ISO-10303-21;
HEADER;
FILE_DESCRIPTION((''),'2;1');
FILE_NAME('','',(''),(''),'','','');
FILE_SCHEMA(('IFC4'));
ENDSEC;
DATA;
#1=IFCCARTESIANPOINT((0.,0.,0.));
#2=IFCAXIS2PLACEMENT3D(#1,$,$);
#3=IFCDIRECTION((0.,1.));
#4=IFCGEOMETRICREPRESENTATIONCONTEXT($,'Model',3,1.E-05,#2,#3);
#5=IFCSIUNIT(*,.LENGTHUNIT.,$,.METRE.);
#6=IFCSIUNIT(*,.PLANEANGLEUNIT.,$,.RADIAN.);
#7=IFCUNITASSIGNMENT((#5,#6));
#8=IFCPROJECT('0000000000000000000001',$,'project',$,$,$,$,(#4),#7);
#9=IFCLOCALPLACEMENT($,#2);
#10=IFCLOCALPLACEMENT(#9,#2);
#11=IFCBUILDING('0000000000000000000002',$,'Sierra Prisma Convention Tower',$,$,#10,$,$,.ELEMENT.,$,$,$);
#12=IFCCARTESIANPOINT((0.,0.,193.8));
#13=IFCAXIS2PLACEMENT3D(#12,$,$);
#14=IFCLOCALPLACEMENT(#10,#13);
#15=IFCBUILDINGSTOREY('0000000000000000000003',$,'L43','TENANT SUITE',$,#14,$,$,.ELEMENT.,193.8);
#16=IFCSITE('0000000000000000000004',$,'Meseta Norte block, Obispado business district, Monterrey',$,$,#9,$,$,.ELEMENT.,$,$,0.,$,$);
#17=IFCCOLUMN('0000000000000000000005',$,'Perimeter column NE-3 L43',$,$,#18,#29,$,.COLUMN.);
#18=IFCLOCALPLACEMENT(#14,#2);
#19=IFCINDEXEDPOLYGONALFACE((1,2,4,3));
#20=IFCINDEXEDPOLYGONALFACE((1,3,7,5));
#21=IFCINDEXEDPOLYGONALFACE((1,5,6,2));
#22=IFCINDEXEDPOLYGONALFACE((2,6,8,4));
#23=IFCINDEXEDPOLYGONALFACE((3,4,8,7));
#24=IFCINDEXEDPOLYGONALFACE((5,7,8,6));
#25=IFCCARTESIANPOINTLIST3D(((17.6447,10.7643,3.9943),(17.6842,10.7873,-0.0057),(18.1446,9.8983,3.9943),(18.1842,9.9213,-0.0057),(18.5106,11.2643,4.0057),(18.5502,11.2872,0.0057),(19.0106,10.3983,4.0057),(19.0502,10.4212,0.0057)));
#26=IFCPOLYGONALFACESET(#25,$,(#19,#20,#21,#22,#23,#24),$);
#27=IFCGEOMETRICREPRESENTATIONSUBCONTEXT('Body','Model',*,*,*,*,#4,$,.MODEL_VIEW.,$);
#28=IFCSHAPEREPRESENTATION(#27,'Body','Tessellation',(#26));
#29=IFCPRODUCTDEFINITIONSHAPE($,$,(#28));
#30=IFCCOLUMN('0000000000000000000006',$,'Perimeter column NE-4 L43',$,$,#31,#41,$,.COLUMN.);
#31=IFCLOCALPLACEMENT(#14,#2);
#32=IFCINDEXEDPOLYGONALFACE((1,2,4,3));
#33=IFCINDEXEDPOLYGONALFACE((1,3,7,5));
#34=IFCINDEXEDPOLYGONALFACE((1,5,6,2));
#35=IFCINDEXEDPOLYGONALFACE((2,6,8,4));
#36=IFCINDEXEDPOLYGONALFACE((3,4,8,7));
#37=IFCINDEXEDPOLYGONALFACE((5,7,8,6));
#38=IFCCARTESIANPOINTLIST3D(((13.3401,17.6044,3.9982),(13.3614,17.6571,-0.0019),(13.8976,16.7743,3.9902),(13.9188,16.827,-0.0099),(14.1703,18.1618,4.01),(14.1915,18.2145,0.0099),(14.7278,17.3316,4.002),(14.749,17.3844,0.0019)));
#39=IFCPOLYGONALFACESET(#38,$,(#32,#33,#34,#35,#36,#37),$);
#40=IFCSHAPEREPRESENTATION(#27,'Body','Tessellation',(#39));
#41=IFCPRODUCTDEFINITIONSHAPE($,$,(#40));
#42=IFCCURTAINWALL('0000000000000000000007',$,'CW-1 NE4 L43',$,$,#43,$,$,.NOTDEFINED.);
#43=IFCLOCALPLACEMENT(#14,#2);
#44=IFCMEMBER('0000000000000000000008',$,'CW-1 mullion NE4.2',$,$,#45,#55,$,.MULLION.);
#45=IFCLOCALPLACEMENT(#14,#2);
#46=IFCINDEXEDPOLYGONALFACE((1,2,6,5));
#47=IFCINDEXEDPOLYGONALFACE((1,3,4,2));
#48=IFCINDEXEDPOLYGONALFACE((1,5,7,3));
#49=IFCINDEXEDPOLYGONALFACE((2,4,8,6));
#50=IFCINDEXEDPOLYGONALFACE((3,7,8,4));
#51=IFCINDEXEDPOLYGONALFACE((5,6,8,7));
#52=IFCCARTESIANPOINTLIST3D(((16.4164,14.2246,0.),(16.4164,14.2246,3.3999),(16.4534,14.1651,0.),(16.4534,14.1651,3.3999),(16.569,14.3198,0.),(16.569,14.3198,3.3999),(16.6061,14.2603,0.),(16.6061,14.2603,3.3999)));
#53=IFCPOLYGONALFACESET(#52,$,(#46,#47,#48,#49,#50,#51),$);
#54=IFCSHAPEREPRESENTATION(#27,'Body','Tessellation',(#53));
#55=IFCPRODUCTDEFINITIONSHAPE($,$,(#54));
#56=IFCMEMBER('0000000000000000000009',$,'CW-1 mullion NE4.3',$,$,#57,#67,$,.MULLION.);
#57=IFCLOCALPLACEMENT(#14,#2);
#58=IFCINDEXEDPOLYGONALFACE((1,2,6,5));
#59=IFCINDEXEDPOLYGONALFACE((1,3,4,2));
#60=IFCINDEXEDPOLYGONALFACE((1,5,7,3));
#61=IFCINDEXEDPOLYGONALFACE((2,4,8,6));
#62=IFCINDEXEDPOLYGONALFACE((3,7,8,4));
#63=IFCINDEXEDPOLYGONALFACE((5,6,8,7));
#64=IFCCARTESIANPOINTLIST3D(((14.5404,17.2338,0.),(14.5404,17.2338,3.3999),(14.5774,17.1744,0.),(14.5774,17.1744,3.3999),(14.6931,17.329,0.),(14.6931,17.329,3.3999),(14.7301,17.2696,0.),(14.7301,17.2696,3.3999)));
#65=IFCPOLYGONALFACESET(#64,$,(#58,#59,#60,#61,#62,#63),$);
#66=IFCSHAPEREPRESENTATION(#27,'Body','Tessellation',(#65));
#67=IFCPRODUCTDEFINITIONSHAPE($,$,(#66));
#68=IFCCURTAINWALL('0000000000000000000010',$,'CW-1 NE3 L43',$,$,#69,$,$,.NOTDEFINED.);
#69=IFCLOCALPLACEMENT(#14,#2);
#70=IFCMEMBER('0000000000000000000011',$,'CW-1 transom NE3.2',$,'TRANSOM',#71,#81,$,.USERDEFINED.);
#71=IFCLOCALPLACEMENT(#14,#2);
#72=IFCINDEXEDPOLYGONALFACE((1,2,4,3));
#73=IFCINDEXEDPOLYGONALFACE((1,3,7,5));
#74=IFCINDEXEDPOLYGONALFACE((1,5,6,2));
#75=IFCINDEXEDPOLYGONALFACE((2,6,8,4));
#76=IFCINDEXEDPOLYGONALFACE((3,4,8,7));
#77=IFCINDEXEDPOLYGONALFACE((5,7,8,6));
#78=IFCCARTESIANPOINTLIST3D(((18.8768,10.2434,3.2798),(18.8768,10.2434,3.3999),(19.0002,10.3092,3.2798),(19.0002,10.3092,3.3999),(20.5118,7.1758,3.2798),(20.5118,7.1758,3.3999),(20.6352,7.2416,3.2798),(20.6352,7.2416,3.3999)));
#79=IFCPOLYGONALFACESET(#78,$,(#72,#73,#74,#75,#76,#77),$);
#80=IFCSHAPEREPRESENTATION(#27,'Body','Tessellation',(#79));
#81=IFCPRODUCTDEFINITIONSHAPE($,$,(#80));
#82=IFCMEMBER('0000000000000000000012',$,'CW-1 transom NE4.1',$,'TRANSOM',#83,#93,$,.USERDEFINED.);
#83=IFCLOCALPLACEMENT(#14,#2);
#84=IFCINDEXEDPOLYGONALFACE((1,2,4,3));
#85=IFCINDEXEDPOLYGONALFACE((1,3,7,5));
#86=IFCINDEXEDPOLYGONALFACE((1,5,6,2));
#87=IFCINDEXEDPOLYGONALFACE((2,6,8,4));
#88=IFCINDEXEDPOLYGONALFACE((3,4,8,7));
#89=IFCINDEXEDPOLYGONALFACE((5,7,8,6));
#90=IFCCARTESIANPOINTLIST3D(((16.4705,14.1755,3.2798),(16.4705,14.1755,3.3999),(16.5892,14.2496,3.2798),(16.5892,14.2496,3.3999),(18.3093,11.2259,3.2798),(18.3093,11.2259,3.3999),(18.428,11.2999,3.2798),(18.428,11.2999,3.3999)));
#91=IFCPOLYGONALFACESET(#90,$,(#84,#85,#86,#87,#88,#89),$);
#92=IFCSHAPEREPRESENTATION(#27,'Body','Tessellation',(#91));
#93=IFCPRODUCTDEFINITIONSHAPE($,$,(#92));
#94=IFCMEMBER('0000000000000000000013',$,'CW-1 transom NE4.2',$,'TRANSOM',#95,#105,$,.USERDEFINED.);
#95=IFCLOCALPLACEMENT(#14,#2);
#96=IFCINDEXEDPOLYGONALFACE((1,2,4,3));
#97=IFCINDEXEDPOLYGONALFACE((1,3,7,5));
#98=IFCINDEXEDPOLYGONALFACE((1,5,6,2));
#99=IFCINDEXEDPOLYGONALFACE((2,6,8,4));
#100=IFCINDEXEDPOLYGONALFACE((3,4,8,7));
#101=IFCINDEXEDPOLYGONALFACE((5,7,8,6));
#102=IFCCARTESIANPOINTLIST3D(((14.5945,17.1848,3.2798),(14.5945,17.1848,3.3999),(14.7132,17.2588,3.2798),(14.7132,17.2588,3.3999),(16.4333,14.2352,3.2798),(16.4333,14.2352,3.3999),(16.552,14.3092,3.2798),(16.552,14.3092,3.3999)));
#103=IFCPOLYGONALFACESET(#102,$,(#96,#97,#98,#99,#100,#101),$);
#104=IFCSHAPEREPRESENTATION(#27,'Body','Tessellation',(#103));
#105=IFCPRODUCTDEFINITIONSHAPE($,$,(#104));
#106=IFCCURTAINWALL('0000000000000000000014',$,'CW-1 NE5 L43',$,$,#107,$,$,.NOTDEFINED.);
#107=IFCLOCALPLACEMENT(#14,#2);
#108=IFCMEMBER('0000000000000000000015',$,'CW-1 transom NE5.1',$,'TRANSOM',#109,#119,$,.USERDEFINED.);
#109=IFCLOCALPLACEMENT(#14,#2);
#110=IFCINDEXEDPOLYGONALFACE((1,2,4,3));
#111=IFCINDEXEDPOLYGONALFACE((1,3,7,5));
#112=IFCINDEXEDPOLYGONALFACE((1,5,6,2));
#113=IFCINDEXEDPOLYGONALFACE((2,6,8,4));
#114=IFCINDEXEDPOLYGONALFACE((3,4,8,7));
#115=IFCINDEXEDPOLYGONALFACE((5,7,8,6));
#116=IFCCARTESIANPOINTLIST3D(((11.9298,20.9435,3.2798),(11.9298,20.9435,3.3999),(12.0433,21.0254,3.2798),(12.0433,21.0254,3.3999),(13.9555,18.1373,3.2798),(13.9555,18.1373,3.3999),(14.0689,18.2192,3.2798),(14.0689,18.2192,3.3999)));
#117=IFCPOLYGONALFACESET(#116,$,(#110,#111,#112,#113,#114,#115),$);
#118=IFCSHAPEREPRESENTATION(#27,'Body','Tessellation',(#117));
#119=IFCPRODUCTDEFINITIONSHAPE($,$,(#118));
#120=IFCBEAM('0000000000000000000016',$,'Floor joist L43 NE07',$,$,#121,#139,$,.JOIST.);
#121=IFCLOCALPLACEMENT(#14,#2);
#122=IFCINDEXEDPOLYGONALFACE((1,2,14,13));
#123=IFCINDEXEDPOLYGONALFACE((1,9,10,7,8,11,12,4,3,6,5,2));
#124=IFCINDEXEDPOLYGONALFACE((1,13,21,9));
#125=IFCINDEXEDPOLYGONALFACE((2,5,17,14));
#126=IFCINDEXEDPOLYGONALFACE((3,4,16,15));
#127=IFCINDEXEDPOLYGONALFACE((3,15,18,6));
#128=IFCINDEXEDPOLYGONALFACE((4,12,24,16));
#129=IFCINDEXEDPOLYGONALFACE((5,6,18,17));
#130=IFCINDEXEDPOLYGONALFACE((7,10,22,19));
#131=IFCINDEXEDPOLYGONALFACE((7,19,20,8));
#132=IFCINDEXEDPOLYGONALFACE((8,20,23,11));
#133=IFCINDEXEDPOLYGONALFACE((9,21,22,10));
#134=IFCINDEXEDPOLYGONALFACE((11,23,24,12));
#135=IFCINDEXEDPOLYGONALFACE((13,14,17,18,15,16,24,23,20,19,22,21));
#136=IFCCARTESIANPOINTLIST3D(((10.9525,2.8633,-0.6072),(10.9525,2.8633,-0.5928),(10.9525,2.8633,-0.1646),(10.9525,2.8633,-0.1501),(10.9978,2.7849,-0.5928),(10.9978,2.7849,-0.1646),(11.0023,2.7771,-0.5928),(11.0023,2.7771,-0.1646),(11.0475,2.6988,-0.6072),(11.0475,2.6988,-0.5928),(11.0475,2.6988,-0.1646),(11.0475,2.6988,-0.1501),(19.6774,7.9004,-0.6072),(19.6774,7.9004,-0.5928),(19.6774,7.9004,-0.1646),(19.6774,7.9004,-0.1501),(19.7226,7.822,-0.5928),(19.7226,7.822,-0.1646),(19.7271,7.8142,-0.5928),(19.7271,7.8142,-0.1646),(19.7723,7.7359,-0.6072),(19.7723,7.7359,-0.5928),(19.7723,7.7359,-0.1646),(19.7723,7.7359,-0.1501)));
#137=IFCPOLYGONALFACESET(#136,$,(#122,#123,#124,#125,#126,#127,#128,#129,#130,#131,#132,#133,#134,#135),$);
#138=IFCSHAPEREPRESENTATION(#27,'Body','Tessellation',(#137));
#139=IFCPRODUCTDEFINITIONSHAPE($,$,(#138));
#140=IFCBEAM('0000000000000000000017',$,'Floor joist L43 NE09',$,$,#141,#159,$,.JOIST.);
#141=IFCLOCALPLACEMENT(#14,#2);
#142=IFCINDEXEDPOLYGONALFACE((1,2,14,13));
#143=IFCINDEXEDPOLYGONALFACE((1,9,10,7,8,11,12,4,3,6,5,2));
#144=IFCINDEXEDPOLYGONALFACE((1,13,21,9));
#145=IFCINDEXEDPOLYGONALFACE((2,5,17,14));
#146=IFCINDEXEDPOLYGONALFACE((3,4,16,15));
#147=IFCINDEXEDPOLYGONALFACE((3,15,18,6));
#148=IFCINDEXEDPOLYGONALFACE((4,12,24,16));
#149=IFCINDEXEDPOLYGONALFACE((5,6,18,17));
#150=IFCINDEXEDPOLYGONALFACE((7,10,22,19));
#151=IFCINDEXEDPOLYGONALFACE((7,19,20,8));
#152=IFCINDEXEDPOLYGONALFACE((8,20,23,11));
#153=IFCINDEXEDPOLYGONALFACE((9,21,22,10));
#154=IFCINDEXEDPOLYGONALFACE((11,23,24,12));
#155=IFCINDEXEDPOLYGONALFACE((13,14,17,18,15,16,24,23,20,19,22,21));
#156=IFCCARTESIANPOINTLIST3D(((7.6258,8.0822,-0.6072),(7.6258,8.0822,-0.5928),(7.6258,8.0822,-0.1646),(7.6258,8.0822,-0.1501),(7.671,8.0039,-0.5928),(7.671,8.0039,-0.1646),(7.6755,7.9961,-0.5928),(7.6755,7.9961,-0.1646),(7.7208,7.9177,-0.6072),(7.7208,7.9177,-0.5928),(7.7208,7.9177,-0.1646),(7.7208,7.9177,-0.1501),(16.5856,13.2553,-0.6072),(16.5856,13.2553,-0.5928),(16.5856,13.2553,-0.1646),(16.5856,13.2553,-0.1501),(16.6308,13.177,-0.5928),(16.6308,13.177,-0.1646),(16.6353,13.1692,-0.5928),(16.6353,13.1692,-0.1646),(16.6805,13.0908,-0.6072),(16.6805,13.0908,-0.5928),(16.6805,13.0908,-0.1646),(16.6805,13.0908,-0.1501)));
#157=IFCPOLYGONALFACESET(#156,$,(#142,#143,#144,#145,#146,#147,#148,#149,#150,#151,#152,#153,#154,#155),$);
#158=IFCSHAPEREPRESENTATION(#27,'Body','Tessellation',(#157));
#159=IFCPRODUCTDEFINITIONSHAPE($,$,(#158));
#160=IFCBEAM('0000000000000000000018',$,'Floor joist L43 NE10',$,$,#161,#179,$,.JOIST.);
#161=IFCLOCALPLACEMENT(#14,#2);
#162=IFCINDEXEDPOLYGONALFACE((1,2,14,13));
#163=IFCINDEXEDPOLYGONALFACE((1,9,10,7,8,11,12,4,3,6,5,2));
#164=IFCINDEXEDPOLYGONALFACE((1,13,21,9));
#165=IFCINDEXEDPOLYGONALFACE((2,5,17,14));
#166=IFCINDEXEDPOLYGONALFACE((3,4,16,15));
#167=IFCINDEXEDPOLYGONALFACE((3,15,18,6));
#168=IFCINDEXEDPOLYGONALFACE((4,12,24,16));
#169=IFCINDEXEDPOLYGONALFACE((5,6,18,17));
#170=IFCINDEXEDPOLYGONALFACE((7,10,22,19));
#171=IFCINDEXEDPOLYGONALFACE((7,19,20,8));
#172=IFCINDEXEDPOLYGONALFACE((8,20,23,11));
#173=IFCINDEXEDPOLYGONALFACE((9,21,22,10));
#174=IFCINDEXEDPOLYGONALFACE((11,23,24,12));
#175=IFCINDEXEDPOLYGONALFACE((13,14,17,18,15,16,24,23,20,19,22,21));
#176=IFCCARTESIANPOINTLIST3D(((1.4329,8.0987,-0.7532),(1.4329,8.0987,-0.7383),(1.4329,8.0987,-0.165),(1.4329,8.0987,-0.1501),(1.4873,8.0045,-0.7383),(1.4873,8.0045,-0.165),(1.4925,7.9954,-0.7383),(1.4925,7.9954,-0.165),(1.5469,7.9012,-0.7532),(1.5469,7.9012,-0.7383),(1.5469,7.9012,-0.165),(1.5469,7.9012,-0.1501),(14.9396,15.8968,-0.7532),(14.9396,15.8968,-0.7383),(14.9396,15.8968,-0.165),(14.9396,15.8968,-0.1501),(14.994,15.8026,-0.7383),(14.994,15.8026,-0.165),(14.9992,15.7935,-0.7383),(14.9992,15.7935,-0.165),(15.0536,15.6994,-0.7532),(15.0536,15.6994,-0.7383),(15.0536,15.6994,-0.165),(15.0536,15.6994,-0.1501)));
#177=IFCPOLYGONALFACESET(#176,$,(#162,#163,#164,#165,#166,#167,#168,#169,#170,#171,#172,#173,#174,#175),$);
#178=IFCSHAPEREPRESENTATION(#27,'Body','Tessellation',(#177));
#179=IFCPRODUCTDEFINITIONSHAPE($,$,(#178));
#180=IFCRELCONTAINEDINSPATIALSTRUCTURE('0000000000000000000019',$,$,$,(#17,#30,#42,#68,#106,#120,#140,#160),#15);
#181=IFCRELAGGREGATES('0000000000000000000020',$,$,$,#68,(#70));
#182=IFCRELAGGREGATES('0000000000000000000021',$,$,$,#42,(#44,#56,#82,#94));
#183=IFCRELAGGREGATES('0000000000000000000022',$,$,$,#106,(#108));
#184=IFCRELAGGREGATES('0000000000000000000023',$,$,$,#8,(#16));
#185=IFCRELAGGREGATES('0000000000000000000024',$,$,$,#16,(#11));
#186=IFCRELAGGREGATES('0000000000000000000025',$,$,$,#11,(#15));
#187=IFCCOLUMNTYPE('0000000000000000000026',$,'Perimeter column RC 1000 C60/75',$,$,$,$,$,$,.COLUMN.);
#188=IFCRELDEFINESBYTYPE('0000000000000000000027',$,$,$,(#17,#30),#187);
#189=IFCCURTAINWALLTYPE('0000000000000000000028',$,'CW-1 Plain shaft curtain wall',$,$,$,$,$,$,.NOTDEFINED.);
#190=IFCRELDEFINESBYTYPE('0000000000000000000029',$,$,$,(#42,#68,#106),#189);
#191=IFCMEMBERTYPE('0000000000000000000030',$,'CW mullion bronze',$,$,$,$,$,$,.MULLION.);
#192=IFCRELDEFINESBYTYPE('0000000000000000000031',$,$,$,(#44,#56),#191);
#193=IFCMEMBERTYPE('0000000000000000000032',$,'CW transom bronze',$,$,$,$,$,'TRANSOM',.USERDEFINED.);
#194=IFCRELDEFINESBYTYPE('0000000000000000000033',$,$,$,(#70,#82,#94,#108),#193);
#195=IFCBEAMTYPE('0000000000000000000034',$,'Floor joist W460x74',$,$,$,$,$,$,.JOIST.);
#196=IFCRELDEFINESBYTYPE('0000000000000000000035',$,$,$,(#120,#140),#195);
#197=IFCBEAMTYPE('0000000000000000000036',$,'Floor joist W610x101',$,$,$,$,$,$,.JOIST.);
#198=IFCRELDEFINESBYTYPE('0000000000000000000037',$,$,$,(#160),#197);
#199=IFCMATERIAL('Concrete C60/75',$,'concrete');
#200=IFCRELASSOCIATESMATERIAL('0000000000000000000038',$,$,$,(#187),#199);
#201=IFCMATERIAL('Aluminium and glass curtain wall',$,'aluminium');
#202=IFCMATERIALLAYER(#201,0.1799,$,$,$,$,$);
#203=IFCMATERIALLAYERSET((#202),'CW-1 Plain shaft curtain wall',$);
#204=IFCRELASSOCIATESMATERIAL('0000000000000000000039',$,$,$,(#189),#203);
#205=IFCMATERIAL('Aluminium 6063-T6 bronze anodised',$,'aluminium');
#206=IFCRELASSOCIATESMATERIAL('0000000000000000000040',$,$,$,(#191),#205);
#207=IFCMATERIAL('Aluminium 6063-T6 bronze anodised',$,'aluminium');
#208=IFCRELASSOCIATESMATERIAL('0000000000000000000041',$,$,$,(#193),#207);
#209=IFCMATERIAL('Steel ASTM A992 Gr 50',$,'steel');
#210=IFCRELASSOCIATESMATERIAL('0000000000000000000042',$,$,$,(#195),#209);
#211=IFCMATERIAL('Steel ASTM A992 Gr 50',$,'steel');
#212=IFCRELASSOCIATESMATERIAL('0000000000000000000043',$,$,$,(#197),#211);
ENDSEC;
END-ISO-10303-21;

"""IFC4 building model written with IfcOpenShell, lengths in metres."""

from ifc_helpers import new_model, si_unit, direction, frame, origin, origin_2d, place, context, subcontext, project, spatial, rectangle, i_section, extrude, material, layer, layer_set, material_profile, profile_set, type_object, element, aggregate, save


model = new_model("IFC4")

# Units and contexts
model_context = context("Model", 3, precision=1e-05, world=origin(), true_north=direction((0.0, 1.0)))
body_context = subcontext(model_context, "Body", "Model", "MODEL_VIEW")
ifc_project = project(units=[si_unit("LENGTHUNIT", "METRE"), si_unit("PLANEANGLEUNIT", "RADIAN")], contexts=[model_context])

# Site, building, storey
site_placement = place(None, origin())
site = spatial("IfcSite", under=ifc_project, at=site_placement, Name="Meseta Norte block, Obispado business district, Monterrey", CompositionType="ELEMENT", RefElevation=0.0)
building_placement = place(site_placement, origin())
building = spatial("IfcBuilding", under=site, at=building_placement, Name="Sierra Prisma Convention Tower", CompositionType="ELEMENT")
storey_placement = place(building_placement, frame((0.0, 0.0, 193.8)))
storey = spatial("IfcBuildingStorey", under=building, at=storey_placement, Name="L43", Description="TENANT SUITE", CompositionType="ELEMENT", Elevation=193.8)

# Columns
ifc_material_1 = material(Name="Concrete C60/75", Category="concrete")
ifc_material_profile_1 = material_profile(ifc_material_1, rectangle(XDim=1.0, YDim=1.0, at=origin_2d()), Name="Perimeter column RC 1000 C60/75")
ifc_profile_set_1 = profile_set([ifc_material_profile_1], Name="Concrete C60/75")
column_type = type_object("IfcColumnType", Name="Perimeter column RC 1000 C60/75", PredefinedType="COLUMN", material=ifc_profile_set_1)
column_1_placement = place(storey_placement, frame((18.3672, 10.6042, 0.0), z_axis=(-0.009887, -0.005737, 0.999935), x_axis=(-0.499976, 0.86604, 0.000025)))
element("IfcColumn", 1, at=column_1_placement, inside=storey, type_object=column_type, Name="Perimeter column NE-3 L43", PredefinedType="COLUMN", context=body_context, shape_type="SweptSolid", body=[
    extrude(rectangle(XDim=1.0, YDim=1.0, at=origin_2d()), origin(), (0.0, 0.0, 1.0), 4.0002),
])
column_2_placement = place(storey_placement, frame((14.0552, 17.5208, 0.0), z_axis=(-0.00531, -0.013182, 0.999899), x_axis=(-0.557472, 0.830157, 0.007984)))
element("IfcColumn", 2, at=column_2_placement, inside=storey, type_object=column_type, Name="Perimeter column NE-4 L43", PredefinedType="COLUMN", context=body_context, shape_type="SweptSolid", body=[
    extrude(rectangle(XDim=1.0, YDim=1.0, at=origin_2d()), origin(), (0.0, 0.0, 1.0), 4.0005),
])

# Curtain wall, members
ifc_material_2 = material(Name="Aluminium and glass curtain wall", Category="aluminium")
ifc_layer_1 = layer(ifc_material_2, 0.1799)
ifc_layer_set_1 = layer_set([ifc_layer_1], Name="CW-1 Plain shaft curtain wall")
curtain_wall_type = type_object("IfcCurtainWallType", Name="CW-1 Plain shaft curtain wall", PredefinedType="NOTDEFINED", material=ifc_layer_set_1)
curtain_wall_1_placement = place(storey_placement, origin())
curtain_wall_1 = element("IfcCurtainWall", 3, at=curtain_wall_1_placement, inside=storey, type_object=curtain_wall_type, Name="CW-1 NE4 L43", PredefinedType="NOTDEFINED")
ifc_material_3 = material(Name="Aluminium 6063-T6 bronze anodised", Category="aluminium")
ifc_material_profile_2 = material_profile(ifc_material_3, rectangle(XDim=0.1799, YDim=0.0701, at=origin_2d()), Name="ALU MULLION 70x180")
ifc_profile_set_2 = profile_set([ifc_material_profile_2], Name="Aluminium 6063-T6 bronze anodised")
member_type_1 = type_object("IfcMemberType", Name="CW mullion bronze", PredefinedType="MULLION", material=ifc_profile_set_2)
member_1_placement = place(storey_placement, frame((16.5112, 14.2424, 0.0), z_axis=(0.0, 0.0, 1.0), x_axis=(-0.848595, -0.529044, 0.0)))
member_1 = element("IfcMember", 4, at=member_1_placement, type_object=member_type_1, Name="CW-1 mullion NE4.2", PredefinedType="MULLION", context=body_context, shape_type="SweptSolid", body=[
    extrude(rectangle(XDim=0.1799, YDim=0.0701, at=origin_2d()), origin(), (0.0, 0.0, 1.0), 3.3999),
])
member_2_placement = place(storey_placement, frame((14.6353, 17.2517, 0.0), z_axis=(0.0, 0.0, 1.0), x_axis=(-0.848595, -0.529044, 0.0)))
member_2 = element("IfcMember", 5, at=member_2_placement, type_object=member_type_1, Name="CW-1 mullion NE4.3", PredefinedType="MULLION", context=body_context, shape_type="SweptSolid", body=[
    extrude(rectangle(XDim=0.1799, YDim=0.0701, at=origin_2d()), origin(), (0.0, 0.0, 1.0), 3.3999),
])

# Curtain wall, member
curtain_wall_2_placement = place(storey_placement, origin())
curtain_wall_2 = element("IfcCurtainWall", 6, at=curtain_wall_2_placement, inside=storey, type_object=curtain_wall_type, Name="CW-1 NE3 L43", PredefinedType="NOTDEFINED")
ifc_material_4 = material(Name="Aluminium 6063-T6 bronze anodised", Category="aluminium")
ifc_material_profile_3 = material_profile(ifc_material_4, rectangle(XDim=0.1399, YDim=0.1201, at=origin_2d()), Name="ALU TRANSOM 120x140")
ifc_profile_set_3 = profile_set([ifc_material_profile_3], Name="Aluminium 6063-T6 bronze anodised")
member_type_2 = type_object("IfcMemberType", Name="CW transom bronze", ElementType="TRANSOM", PredefinedType="USERDEFINED", material=ifc_profile_set_3)
member_3_placement = place(storey_placement, frame((20.5735, 7.2087, 3.3398), z_axis=(-0.470351, 0.882479, 0.0), x_axis=(-0.882479, -0.470351, 0.0)))
member_3 = element("IfcMember", 7, at=member_3_placement, type_object=member_type_2, Name="CW-1 transom NE3.2", ObjectType="TRANSOM", PredefinedType="USERDEFINED", context=body_context, shape_type="SweptSolid", body=[
    extrude(rectangle(XDim=0.1399, YDim=0.1201, at=origin_2d()), origin(), (0.0, 0.0, 1.0), 3.4761),
])

# Members
member_4_placement = place(storey_placement, frame((18.3687, 11.2629, 3.3398), z_axis=(-0.529026, 0.848605, 0.0), x_axis=(-0.848605, -0.529026, 0.0)))
member_4 = element("IfcMember", 8, at=member_4_placement, type_object=member_type_2, Name="CW-1 transom NE4.1", ObjectType="TRANSOM", PredefinedType="USERDEFINED", context=body_context, shape_type="SweptSolid", body=[
    extrude(rectangle(XDim=0.1399, YDim=0.1201, at=origin_2d()), origin(), (0.0, 0.0, 1.0), 3.4758),
])
member_5_placement = place(storey_placement, frame((16.4927, 14.2722, 3.3398), z_axis=(-0.529026, 0.848605, 0.0), x_axis=(-0.848605, -0.529026, 0.0)))
member_5 = element("IfcMember", 9, at=member_5_placement, type_object=member_type_2, Name="CW-1 transom NE4.2", ObjectType="TRANSOM", PredefinedType="USERDEFINED", context=body_context, shape_type="SweptSolid", body=[
    extrude(rectangle(XDim=0.1399, YDim=0.1201, at=origin_2d()), origin(), (0.0, 0.0, 1.0), 3.4758),
])

# Curtain wall, member
curtain_wall_3_placement = place(storey_placement, origin())
curtain_wall_3 = element("IfcCurtainWall", 10, at=curtain_wall_3_placement, inside=storey, type_object=curtain_wall_type, Name="CW-1 NE5 L43", PredefinedType="NOTDEFINED")
member_6_placement = place(storey_placement, frame((14.0122, 18.1782, 3.3398), z_axis=(-0.585295, 0.810821, 0.0), x_axis=(-0.810821, -0.585295, 0.0)))
member_6 = element("IfcMember", 11, at=member_6_placement, type_object=member_type_2, Name="CW-1 transom NE5.1", ObjectType="TRANSOM", PredefinedType="USERDEFINED", context=body_context, shape_type="SweptSolid", body=[
    extrude(rectangle(XDim=0.1399, YDim=0.1201, at=origin_2d()), origin(), (0.0, 0.0, 1.0), 3.4609),
])

# Beams
ifc_material_5 = material(Name="Steel ASTM A992 Gr 50", Category="steel")
ifc_material_profile_4 = material_profile(ifc_material_5, i_section(OverallWidth=0.1899, OverallDepth=0.457, WebThickness=0.009, FlangeThickness=0.0144, at=origin_2d()), Name="W460x74")
ifc_profile_set_4 = profile_set([ifc_material_profile_4], Name="Steel ASTM A992 Gr 50")
beam_type_1 = type_object("IfcBeamType", Name="Floor joist W460x74", PredefinedType="JOIST", material=ifc_profile_set_4)
beam_1_placement = place(storey_placement, frame((19.7249, 7.8181, -0.3787), z_axis=(-0.866033, -0.499986, 0.0), x_axis=(0.499986, -0.866033, 0.0)))
element("IfcBeam", 12, at=beam_1_placement, inside=storey, type_object=beam_type_1, Name="Floor joist L43 NE07", PredefinedType="JOIST", context=body_context, shape_type="SweptSolid", body=[
    extrude(i_section(OverallWidth=0.1899, OverallDepth=0.457, WebThickness=0.009, FlangeThickness=0.0144, at=origin_2d()), origin(), (0.0, 0.0, 1.0), 10.0745),
])
beam_2_placement = place(storey_placement, frame((16.6331, 13.1731, -0.3787), z_axis=(-0.866017, -0.500015, 0.0), x_axis=(0.500015, -0.866017, 0.0)))
element("IfcBeam", 13, at=beam_2_placement, inside=storey, type_object=beam_type_1, Name="Floor joist L43 NE09", PredefinedType="JOIST", context=body_context, shape_type="SweptSolid", body=[
    extrude(i_section(OverallWidth=0.1899, OverallDepth=0.457, WebThickness=0.009, FlangeThickness=0.0144, at=origin_2d()), origin(), (0.0, 0.0, 1.0), 10.3459),
])
ifc_material_6 = material(Name="Steel ASTM A992 Gr 50", Category="steel")
ifc_material_profile_5 = material_profile(ifc_material_6, i_section(OverallWidth=0.228, OverallDepth=0.603, WebThickness=0.0105, FlangeThickness=0.0149, at=origin_2d()), Name="W610x101")
ifc_profile_set_5 = profile_set([ifc_material_profile_5], Name="Steel ASTM A992 Gr 50")
beam_type_2 = type_object("IfcBeamType", Name="Floor joist W610x101", PredefinedType="JOIST", material=ifc_profile_set_5)
beam_3_placement = place(storey_placement, frame((14.9966, 15.7981, -0.4517), z_axis=(-0.866024, -0.500003, 0.0), x_axis=(0.500003, -0.866024, 0.0)))
element("IfcBeam", 14, at=beam_3_placement, inside=storey, type_object=beam_type_2, Name="Floor joist L43 NE10", PredefinedType="JOIST", context=body_context, shape_type="SweptSolid", body=[
    extrude(i_section(OverallWidth=0.228, OverallDepth=0.603, WebThickness=0.0105, FlangeThickness=0.0149, at=origin_2d()), origin(), (0.0, 0.0, 1.0), 15.5962),
])

aggregate(curtain_wall_2, [member_3])
aggregate(curtain_wall_1, [member_1, member_2, member_4, member_5])
aggregate(curtain_wall_3, [member_6])

save(model, "model.ifc")
